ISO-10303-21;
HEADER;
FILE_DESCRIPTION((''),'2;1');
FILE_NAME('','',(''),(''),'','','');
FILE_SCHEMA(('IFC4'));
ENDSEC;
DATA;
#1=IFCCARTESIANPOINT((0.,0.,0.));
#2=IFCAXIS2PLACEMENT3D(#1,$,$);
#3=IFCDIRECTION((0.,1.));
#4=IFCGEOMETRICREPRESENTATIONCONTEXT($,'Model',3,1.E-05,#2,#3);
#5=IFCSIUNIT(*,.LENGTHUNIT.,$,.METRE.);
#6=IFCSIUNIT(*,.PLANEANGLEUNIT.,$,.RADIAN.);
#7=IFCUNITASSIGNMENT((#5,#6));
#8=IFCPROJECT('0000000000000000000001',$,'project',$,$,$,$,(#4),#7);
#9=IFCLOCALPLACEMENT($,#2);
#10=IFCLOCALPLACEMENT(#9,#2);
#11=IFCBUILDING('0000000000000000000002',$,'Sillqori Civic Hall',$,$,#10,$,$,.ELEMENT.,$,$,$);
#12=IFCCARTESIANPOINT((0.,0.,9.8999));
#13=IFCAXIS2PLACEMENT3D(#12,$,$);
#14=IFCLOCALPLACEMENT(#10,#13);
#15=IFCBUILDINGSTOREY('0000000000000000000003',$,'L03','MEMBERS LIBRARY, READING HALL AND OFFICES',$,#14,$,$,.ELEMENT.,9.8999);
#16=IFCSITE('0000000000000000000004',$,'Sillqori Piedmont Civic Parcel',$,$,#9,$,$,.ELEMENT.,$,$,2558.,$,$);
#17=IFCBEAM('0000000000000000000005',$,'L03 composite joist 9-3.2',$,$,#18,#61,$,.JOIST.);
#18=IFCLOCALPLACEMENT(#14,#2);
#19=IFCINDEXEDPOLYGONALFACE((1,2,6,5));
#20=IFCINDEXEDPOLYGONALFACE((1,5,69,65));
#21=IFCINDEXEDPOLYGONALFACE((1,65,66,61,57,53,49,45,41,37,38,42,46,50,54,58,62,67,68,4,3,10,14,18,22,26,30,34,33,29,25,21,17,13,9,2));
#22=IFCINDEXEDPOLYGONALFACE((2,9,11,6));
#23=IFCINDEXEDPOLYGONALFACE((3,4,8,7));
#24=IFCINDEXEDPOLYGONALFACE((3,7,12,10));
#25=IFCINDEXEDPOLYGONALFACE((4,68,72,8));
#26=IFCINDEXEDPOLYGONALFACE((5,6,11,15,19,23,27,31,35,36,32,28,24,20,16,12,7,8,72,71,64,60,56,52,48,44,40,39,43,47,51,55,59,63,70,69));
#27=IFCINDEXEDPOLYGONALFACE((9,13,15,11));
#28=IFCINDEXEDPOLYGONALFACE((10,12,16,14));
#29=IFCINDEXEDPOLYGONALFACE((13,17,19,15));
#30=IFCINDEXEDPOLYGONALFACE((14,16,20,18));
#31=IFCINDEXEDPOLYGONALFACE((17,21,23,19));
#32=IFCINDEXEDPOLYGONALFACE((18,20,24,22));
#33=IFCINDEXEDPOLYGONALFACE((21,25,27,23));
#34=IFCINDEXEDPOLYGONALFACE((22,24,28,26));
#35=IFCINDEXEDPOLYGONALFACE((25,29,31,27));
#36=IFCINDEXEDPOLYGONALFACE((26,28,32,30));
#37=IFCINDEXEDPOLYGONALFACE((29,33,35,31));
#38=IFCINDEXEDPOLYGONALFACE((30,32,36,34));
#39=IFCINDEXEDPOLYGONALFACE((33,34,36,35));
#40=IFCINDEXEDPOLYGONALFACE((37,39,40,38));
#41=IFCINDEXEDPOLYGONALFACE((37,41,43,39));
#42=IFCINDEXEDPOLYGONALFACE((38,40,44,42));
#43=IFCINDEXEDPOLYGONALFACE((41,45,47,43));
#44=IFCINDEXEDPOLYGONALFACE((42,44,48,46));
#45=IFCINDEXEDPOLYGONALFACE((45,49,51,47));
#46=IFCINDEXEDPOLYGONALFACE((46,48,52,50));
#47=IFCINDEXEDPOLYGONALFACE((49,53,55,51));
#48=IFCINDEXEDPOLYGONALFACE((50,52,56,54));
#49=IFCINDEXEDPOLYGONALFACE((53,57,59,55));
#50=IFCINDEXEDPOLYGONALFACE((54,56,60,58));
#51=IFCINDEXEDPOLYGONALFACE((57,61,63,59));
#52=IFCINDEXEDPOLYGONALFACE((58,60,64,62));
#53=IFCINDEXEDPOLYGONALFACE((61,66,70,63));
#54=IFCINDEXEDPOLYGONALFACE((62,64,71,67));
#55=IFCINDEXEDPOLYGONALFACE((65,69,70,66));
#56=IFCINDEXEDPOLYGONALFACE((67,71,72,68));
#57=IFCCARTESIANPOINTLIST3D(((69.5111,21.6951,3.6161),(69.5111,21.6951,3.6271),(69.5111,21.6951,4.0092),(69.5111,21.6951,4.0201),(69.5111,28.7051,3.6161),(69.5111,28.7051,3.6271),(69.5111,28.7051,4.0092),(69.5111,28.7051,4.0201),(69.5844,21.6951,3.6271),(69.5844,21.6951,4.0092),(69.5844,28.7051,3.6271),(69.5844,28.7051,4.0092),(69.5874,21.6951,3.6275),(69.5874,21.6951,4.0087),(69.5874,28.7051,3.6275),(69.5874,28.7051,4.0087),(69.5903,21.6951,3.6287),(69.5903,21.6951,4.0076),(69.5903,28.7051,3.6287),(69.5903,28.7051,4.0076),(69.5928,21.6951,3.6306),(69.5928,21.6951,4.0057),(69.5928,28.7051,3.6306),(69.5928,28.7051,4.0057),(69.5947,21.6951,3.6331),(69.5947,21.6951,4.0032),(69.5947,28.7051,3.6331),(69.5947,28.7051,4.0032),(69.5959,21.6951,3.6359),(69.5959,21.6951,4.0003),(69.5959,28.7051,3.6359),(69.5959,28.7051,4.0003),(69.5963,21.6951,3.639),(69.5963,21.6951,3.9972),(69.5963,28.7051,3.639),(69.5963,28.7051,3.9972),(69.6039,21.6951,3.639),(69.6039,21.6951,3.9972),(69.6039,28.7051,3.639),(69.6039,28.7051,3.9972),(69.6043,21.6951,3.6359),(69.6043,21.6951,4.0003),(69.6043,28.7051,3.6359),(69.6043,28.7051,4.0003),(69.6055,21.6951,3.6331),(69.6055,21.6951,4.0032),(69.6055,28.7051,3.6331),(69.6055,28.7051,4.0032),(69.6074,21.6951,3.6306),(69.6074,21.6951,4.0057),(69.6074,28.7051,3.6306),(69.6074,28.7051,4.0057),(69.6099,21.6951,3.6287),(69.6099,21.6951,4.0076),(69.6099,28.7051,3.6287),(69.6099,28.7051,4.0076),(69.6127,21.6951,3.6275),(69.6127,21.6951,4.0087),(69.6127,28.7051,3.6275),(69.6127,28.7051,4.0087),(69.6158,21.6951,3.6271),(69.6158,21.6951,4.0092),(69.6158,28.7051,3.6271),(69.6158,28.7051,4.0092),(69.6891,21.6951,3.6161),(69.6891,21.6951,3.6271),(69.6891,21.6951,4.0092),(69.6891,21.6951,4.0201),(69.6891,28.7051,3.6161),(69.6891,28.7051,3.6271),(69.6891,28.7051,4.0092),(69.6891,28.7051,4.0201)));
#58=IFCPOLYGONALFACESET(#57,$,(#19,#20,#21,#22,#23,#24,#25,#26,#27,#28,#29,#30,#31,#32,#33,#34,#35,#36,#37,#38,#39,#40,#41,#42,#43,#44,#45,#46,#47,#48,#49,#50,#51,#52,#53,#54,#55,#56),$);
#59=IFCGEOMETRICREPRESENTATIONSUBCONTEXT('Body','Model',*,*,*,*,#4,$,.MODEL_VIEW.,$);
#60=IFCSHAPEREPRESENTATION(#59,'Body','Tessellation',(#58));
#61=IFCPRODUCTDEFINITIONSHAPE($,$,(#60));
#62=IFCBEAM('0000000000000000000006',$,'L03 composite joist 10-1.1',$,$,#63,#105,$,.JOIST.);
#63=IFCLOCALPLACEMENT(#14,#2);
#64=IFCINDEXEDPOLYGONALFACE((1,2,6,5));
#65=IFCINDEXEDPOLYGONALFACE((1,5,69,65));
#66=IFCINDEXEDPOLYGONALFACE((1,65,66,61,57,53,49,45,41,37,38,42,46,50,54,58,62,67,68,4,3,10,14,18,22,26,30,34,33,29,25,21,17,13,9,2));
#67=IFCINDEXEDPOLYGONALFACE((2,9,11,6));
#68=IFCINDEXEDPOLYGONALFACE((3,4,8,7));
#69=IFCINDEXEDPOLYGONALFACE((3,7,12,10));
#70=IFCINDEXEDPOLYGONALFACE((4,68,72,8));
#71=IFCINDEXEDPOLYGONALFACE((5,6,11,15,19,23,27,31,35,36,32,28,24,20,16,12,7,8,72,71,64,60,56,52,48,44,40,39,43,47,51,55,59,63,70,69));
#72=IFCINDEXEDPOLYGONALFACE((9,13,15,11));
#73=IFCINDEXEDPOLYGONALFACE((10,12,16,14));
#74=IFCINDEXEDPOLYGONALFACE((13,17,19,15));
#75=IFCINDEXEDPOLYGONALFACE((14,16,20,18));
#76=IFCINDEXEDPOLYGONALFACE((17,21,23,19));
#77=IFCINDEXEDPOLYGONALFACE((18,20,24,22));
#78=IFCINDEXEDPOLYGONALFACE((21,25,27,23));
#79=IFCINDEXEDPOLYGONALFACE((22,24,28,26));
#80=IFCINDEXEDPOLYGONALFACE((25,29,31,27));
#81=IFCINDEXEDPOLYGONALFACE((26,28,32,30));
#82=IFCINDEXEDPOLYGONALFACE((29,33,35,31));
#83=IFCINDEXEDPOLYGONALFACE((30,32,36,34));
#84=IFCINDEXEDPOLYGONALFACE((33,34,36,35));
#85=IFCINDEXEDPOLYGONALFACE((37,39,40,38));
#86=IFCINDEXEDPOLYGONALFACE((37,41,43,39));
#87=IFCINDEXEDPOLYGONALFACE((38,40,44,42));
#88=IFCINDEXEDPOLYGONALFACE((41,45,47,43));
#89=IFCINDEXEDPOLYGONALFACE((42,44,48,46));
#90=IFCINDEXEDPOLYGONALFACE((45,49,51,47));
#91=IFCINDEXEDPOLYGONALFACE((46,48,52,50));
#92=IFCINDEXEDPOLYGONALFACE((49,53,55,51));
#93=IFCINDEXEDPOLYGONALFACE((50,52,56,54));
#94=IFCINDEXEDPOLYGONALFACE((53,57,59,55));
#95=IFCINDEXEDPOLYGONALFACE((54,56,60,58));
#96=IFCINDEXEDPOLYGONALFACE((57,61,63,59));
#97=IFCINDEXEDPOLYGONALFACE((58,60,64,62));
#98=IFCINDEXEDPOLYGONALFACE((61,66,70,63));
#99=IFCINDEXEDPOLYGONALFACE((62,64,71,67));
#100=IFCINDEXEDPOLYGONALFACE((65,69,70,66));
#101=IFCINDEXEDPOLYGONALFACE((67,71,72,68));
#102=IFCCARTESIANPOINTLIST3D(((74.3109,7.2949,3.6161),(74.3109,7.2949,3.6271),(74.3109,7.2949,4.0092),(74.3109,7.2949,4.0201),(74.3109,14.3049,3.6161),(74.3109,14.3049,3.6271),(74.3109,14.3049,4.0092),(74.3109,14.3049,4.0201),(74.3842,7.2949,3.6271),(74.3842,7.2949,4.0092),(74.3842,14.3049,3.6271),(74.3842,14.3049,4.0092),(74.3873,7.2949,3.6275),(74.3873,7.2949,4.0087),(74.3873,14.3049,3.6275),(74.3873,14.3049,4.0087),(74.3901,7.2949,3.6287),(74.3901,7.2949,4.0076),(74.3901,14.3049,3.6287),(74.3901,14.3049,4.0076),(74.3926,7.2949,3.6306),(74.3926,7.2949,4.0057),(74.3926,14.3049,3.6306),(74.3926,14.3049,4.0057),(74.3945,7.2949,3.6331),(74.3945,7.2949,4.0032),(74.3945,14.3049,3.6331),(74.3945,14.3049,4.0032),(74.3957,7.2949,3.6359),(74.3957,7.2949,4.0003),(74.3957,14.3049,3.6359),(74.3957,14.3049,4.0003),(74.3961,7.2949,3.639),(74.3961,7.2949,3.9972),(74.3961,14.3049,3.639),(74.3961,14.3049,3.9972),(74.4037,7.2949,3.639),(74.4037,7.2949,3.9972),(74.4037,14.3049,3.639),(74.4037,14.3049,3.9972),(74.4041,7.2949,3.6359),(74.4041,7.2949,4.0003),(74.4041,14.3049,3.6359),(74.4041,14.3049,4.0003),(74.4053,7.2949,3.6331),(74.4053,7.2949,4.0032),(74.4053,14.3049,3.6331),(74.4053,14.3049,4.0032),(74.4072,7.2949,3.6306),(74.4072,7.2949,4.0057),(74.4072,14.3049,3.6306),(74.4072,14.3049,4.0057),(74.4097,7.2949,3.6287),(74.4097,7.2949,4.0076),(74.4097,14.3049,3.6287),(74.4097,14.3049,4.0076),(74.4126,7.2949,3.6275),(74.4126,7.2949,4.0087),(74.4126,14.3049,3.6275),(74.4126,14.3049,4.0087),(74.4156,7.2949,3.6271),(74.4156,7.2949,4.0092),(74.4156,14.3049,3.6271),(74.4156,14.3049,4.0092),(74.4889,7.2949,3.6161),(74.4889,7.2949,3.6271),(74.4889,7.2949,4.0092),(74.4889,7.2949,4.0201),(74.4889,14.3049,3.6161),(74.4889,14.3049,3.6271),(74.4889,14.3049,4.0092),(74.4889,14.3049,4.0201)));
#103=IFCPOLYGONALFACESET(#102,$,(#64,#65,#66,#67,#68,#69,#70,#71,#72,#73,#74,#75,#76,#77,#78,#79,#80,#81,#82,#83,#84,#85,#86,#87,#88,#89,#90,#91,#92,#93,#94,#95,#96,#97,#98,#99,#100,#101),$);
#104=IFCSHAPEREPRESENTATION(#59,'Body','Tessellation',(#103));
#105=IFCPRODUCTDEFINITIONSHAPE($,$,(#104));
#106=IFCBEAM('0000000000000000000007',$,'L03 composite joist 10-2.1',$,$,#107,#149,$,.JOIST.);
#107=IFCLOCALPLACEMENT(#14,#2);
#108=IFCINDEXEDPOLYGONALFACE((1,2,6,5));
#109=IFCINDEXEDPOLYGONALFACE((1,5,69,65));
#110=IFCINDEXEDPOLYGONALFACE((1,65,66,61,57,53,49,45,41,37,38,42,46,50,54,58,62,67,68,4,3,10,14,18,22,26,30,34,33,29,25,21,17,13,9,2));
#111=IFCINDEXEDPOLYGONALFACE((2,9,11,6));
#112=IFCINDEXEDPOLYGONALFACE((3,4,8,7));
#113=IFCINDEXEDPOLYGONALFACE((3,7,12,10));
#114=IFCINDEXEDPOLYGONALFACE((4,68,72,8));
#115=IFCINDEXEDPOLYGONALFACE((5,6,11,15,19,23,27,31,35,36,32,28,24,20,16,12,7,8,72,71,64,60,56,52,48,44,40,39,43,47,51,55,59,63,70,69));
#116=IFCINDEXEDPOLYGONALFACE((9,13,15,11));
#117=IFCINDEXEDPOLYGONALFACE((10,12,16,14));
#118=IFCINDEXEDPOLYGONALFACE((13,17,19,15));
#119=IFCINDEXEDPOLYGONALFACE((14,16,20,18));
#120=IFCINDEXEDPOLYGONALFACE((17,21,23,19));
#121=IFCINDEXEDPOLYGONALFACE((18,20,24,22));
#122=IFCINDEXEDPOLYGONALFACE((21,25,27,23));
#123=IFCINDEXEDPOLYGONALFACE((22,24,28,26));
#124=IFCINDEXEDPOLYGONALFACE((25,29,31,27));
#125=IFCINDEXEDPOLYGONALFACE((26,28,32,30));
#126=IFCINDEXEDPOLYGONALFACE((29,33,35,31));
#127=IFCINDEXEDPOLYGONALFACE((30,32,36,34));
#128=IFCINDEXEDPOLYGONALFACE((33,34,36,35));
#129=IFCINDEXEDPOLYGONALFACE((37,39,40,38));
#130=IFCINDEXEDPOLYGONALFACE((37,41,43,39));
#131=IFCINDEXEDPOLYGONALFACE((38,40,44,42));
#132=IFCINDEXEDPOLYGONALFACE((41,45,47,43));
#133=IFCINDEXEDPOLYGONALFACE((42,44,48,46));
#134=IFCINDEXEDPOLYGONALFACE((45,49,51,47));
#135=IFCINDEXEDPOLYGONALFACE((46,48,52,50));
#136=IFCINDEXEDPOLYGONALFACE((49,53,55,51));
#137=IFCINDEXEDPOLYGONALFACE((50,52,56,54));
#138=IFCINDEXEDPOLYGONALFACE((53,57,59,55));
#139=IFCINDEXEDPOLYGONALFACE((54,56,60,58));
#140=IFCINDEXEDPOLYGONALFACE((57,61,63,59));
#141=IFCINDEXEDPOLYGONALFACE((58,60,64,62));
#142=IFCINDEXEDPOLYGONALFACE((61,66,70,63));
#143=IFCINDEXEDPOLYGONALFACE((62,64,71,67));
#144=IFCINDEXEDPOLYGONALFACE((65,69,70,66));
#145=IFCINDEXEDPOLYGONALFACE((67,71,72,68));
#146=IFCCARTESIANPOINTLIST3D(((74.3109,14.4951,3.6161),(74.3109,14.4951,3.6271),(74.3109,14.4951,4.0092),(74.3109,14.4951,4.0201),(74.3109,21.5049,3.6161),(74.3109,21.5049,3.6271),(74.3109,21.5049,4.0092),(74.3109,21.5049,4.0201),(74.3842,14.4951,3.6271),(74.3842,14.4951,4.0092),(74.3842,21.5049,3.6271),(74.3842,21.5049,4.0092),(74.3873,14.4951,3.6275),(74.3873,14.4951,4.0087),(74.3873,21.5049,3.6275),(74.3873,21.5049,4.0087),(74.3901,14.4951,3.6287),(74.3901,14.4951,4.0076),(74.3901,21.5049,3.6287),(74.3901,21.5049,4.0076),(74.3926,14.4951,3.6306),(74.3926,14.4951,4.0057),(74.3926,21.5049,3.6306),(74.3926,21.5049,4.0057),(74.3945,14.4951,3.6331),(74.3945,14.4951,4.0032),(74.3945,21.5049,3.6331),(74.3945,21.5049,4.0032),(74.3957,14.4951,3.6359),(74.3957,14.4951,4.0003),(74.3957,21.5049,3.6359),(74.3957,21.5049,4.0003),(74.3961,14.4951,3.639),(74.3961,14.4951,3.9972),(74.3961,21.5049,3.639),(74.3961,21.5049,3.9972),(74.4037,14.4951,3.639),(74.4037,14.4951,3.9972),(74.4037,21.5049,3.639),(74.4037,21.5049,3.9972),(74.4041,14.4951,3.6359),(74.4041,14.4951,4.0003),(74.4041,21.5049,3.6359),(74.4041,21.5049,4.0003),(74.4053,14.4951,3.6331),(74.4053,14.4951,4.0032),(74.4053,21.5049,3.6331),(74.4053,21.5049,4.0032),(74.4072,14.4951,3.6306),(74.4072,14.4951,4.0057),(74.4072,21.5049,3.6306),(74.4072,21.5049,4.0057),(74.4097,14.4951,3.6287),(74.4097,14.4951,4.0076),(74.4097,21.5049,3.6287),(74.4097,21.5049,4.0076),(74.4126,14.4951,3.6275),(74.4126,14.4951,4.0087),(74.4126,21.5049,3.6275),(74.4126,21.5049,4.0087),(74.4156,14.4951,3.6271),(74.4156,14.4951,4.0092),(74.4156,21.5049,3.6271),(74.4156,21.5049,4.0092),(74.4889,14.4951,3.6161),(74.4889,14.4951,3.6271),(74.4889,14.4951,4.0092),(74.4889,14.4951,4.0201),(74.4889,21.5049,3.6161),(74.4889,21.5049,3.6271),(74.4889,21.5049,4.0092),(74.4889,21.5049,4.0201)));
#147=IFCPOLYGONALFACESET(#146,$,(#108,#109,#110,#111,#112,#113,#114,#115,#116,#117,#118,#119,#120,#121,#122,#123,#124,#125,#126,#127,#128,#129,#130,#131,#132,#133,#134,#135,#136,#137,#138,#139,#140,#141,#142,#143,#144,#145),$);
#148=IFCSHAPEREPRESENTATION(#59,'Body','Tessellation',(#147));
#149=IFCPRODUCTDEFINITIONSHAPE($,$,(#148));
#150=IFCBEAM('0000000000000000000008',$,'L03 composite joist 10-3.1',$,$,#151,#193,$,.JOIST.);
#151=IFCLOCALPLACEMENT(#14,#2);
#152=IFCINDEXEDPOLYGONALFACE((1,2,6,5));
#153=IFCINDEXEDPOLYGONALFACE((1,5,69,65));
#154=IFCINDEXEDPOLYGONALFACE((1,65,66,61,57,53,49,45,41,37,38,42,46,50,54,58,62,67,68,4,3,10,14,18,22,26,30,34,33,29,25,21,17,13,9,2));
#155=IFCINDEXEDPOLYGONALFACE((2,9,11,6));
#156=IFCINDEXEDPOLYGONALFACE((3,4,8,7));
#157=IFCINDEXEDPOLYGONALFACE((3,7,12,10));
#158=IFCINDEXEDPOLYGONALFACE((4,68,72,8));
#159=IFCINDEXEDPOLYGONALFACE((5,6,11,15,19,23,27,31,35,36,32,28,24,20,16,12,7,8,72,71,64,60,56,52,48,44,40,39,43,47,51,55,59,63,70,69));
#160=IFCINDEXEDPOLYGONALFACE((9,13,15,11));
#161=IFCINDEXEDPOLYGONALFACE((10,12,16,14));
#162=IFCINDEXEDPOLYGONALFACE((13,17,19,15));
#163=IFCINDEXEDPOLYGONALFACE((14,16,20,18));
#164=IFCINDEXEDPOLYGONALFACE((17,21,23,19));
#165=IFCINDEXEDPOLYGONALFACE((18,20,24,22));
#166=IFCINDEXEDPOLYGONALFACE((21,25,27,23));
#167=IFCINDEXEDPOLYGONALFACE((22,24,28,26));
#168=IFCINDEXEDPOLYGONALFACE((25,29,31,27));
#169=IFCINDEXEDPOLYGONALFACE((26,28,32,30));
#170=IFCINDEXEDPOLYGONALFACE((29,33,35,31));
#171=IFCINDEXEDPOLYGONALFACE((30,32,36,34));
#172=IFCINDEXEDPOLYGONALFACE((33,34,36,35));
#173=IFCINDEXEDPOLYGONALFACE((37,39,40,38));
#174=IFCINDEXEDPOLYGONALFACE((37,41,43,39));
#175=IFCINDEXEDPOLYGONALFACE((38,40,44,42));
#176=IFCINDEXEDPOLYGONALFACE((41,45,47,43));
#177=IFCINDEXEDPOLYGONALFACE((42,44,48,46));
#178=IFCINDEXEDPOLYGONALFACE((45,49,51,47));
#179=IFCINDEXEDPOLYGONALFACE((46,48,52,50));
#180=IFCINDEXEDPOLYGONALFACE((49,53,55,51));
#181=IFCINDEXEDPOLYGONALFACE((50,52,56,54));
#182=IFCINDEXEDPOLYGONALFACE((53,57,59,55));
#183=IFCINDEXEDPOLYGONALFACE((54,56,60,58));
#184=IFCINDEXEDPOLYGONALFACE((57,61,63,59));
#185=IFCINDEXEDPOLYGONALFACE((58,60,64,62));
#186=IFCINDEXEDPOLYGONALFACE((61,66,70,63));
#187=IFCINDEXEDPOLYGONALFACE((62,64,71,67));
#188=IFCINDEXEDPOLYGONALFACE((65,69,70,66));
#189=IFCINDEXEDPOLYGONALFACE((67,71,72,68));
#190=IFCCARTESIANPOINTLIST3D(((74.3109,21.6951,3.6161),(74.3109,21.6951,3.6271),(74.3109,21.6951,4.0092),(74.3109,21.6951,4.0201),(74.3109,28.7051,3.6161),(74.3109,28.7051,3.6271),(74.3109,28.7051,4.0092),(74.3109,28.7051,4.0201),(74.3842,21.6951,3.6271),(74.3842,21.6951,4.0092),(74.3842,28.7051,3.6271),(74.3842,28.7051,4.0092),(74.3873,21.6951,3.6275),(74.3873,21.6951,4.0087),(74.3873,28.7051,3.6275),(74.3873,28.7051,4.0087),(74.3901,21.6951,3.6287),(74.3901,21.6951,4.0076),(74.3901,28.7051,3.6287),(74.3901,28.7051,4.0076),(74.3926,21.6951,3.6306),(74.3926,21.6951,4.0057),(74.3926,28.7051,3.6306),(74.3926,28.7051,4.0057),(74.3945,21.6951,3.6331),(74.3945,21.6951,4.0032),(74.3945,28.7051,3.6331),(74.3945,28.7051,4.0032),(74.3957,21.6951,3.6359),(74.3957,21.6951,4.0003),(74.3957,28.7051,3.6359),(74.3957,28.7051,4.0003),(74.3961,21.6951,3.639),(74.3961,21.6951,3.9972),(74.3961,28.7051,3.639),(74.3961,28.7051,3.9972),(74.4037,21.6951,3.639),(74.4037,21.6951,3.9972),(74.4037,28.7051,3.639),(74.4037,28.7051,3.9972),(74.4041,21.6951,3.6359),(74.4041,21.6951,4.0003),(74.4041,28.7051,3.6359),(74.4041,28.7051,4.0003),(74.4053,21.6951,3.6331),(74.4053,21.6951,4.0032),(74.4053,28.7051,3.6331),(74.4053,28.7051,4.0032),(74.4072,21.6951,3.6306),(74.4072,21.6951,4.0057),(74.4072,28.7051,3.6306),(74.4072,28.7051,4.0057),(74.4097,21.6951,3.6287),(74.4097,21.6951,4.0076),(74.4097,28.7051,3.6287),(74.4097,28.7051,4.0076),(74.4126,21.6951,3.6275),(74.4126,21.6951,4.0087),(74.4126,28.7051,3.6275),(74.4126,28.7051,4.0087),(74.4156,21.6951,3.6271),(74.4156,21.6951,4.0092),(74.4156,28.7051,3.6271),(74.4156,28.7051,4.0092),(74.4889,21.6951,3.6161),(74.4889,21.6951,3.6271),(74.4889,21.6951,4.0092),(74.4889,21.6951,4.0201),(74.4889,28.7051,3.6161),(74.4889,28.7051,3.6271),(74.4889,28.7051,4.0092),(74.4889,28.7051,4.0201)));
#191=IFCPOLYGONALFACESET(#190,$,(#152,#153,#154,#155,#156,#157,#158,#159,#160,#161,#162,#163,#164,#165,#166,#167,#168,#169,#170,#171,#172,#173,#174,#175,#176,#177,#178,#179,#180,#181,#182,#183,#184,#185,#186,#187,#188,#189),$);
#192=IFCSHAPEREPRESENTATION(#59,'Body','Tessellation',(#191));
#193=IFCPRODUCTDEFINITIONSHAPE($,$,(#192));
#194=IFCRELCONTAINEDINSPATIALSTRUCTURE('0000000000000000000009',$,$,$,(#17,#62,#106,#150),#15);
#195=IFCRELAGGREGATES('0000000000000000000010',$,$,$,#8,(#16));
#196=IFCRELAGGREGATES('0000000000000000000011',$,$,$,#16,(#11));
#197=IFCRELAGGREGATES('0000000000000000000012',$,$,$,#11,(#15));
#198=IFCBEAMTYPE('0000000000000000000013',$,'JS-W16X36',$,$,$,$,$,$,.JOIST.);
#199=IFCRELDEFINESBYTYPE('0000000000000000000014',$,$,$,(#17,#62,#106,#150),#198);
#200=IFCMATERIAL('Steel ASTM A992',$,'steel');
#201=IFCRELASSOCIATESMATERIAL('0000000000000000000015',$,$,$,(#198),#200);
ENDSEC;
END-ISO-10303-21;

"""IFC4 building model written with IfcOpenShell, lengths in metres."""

from ifc_helpers import new_model, si_unit, direction, frame, origin, origin_2d, place, context, subcontext, project, spatial, i_section, extrude, material, material_profile, profile_set, type_object, element, save


model = new_model("IFC4")

# Units and contexts
model_context = context("Model", 3, precision=1e-05, world=origin(), true_north=direction((0.0, 1.0)))
body_context = subcontext(model_context, "Body", "Model", "MODEL_VIEW")
ifc_project = project(units=[si_unit("LENGTHUNIT", "METRE"), si_unit("PLANEANGLEUNIT", "RADIAN")], contexts=[model_context])

# Site, building, storey
site_placement = place(None, origin())
site = spatial("IfcSite", under=ifc_project, at=site_placement, Name="Sillqori Piedmont Civic Parcel", CompositionType="ELEMENT", RefElevation=2558.0)
building_placement = place(site_placement, origin())
building = spatial("IfcBuilding", under=site, at=building_placement, Name="Sillqori Civic Hall", CompositionType="ELEMENT")
storey_placement = place(building_placement, frame((0.0, 0.0, 9.8999)))
storey = spatial("IfcBuildingStorey", under=building, at=storey_placement, Name="L03", Description="MEMBERS LIBRARY, READING HALL AND OFFICES", CompositionType="ELEMENT", Elevation=9.8999)

# Shared definitions
ifc_material_1 = material(Name="Steel ASTM A992", Category="steel")

# Beams
ifc_material_profile_1 = material_profile(ifc_material_1, i_section(OverallWidth=0.178, OverallDepth=0.4041, WebThickness=0.0076, FlangeThickness=0.011, FilletRadius=0.012, at=origin_2d()), Name="W16X36")
ifc_profile_set_1 = profile_set([ifc_material_profile_1], Name="Steel ASTM A992")
beam_type_1 = type_object("IfcBeamType", Name="JS-W16X36", PredefinedType="JOIST", material=ifc_profile_set_1)
for number, where, z_axis, x_axis, name in (
    (1, (69.6001, 21.6951, 3.8181), (0.0, 1.0, 0.0), (-1.0, 0.0, 0.0), "L03 composite joist 9-3.2"),
    (2, (74.3999, 7.2949, 3.8181), (0.0, 1.0, 0.0), (-1.0, 0.0, 0.0), "L03 composite joist 10-1.1"),
):
    element("IfcBeam", number, at=place(storey_placement, frame(where, z_axis=z_axis, x_axis=x_axis)), inside=storey, type_object=beam_type_1, Name=name, PredefinedType="JOIST", context=body_context, shape_type="SweptSolid", body=[
        extrude(i_section(OverallWidth=0.178, OverallDepth=0.4041, WebThickness=0.0076, FlangeThickness=0.011, FilletRadius=0.012, at=origin_2d()), origin(), (0.0, 0.0, 1.0), 7.01),
    ])
beam_1_placement = place(storey_placement, frame((74.3999, 14.4951, 3.8181), z_axis=(0.0, 1.0, 0.0), x_axis=(-1.0, 0.0, 0.0)))
element("IfcBeam", 3, at=beam_1_placement, inside=storey, type_object=beam_type_1, Name="L03 composite joist 10-2.1", PredefinedType="JOIST", context=body_context, shape_type="SweptSolid", body=[
    extrude(i_section(OverallWidth=0.178, OverallDepth=0.4041, WebThickness=0.0076, FlangeThickness=0.011, FilletRadius=0.012, at=origin_2d()), origin(), (0.0, 0.0, 1.0), 7.0098),
])
beam_2_placement = place(storey_placement, frame((74.3999, 21.6951, 3.8181), z_axis=(0.0, 1.0, 0.0), x_axis=(-1.0, 0.0, 0.0)))
element("IfcBeam", 4, at=beam_2_placement, inside=storey, type_object=beam_type_1, Name="L03 composite joist 10-3.1", PredefinedType="JOIST", context=body_context, shape_type="SweptSolid", body=[
    extrude(i_section(OverallWidth=0.178, OverallDepth=0.4041, WebThickness=0.0076, FlangeThickness=0.011, FilletRadius=0.012, at=origin_2d()), origin(), (0.0, 0.0, 1.0), 7.01),
])

save(model, "model.ifc")
